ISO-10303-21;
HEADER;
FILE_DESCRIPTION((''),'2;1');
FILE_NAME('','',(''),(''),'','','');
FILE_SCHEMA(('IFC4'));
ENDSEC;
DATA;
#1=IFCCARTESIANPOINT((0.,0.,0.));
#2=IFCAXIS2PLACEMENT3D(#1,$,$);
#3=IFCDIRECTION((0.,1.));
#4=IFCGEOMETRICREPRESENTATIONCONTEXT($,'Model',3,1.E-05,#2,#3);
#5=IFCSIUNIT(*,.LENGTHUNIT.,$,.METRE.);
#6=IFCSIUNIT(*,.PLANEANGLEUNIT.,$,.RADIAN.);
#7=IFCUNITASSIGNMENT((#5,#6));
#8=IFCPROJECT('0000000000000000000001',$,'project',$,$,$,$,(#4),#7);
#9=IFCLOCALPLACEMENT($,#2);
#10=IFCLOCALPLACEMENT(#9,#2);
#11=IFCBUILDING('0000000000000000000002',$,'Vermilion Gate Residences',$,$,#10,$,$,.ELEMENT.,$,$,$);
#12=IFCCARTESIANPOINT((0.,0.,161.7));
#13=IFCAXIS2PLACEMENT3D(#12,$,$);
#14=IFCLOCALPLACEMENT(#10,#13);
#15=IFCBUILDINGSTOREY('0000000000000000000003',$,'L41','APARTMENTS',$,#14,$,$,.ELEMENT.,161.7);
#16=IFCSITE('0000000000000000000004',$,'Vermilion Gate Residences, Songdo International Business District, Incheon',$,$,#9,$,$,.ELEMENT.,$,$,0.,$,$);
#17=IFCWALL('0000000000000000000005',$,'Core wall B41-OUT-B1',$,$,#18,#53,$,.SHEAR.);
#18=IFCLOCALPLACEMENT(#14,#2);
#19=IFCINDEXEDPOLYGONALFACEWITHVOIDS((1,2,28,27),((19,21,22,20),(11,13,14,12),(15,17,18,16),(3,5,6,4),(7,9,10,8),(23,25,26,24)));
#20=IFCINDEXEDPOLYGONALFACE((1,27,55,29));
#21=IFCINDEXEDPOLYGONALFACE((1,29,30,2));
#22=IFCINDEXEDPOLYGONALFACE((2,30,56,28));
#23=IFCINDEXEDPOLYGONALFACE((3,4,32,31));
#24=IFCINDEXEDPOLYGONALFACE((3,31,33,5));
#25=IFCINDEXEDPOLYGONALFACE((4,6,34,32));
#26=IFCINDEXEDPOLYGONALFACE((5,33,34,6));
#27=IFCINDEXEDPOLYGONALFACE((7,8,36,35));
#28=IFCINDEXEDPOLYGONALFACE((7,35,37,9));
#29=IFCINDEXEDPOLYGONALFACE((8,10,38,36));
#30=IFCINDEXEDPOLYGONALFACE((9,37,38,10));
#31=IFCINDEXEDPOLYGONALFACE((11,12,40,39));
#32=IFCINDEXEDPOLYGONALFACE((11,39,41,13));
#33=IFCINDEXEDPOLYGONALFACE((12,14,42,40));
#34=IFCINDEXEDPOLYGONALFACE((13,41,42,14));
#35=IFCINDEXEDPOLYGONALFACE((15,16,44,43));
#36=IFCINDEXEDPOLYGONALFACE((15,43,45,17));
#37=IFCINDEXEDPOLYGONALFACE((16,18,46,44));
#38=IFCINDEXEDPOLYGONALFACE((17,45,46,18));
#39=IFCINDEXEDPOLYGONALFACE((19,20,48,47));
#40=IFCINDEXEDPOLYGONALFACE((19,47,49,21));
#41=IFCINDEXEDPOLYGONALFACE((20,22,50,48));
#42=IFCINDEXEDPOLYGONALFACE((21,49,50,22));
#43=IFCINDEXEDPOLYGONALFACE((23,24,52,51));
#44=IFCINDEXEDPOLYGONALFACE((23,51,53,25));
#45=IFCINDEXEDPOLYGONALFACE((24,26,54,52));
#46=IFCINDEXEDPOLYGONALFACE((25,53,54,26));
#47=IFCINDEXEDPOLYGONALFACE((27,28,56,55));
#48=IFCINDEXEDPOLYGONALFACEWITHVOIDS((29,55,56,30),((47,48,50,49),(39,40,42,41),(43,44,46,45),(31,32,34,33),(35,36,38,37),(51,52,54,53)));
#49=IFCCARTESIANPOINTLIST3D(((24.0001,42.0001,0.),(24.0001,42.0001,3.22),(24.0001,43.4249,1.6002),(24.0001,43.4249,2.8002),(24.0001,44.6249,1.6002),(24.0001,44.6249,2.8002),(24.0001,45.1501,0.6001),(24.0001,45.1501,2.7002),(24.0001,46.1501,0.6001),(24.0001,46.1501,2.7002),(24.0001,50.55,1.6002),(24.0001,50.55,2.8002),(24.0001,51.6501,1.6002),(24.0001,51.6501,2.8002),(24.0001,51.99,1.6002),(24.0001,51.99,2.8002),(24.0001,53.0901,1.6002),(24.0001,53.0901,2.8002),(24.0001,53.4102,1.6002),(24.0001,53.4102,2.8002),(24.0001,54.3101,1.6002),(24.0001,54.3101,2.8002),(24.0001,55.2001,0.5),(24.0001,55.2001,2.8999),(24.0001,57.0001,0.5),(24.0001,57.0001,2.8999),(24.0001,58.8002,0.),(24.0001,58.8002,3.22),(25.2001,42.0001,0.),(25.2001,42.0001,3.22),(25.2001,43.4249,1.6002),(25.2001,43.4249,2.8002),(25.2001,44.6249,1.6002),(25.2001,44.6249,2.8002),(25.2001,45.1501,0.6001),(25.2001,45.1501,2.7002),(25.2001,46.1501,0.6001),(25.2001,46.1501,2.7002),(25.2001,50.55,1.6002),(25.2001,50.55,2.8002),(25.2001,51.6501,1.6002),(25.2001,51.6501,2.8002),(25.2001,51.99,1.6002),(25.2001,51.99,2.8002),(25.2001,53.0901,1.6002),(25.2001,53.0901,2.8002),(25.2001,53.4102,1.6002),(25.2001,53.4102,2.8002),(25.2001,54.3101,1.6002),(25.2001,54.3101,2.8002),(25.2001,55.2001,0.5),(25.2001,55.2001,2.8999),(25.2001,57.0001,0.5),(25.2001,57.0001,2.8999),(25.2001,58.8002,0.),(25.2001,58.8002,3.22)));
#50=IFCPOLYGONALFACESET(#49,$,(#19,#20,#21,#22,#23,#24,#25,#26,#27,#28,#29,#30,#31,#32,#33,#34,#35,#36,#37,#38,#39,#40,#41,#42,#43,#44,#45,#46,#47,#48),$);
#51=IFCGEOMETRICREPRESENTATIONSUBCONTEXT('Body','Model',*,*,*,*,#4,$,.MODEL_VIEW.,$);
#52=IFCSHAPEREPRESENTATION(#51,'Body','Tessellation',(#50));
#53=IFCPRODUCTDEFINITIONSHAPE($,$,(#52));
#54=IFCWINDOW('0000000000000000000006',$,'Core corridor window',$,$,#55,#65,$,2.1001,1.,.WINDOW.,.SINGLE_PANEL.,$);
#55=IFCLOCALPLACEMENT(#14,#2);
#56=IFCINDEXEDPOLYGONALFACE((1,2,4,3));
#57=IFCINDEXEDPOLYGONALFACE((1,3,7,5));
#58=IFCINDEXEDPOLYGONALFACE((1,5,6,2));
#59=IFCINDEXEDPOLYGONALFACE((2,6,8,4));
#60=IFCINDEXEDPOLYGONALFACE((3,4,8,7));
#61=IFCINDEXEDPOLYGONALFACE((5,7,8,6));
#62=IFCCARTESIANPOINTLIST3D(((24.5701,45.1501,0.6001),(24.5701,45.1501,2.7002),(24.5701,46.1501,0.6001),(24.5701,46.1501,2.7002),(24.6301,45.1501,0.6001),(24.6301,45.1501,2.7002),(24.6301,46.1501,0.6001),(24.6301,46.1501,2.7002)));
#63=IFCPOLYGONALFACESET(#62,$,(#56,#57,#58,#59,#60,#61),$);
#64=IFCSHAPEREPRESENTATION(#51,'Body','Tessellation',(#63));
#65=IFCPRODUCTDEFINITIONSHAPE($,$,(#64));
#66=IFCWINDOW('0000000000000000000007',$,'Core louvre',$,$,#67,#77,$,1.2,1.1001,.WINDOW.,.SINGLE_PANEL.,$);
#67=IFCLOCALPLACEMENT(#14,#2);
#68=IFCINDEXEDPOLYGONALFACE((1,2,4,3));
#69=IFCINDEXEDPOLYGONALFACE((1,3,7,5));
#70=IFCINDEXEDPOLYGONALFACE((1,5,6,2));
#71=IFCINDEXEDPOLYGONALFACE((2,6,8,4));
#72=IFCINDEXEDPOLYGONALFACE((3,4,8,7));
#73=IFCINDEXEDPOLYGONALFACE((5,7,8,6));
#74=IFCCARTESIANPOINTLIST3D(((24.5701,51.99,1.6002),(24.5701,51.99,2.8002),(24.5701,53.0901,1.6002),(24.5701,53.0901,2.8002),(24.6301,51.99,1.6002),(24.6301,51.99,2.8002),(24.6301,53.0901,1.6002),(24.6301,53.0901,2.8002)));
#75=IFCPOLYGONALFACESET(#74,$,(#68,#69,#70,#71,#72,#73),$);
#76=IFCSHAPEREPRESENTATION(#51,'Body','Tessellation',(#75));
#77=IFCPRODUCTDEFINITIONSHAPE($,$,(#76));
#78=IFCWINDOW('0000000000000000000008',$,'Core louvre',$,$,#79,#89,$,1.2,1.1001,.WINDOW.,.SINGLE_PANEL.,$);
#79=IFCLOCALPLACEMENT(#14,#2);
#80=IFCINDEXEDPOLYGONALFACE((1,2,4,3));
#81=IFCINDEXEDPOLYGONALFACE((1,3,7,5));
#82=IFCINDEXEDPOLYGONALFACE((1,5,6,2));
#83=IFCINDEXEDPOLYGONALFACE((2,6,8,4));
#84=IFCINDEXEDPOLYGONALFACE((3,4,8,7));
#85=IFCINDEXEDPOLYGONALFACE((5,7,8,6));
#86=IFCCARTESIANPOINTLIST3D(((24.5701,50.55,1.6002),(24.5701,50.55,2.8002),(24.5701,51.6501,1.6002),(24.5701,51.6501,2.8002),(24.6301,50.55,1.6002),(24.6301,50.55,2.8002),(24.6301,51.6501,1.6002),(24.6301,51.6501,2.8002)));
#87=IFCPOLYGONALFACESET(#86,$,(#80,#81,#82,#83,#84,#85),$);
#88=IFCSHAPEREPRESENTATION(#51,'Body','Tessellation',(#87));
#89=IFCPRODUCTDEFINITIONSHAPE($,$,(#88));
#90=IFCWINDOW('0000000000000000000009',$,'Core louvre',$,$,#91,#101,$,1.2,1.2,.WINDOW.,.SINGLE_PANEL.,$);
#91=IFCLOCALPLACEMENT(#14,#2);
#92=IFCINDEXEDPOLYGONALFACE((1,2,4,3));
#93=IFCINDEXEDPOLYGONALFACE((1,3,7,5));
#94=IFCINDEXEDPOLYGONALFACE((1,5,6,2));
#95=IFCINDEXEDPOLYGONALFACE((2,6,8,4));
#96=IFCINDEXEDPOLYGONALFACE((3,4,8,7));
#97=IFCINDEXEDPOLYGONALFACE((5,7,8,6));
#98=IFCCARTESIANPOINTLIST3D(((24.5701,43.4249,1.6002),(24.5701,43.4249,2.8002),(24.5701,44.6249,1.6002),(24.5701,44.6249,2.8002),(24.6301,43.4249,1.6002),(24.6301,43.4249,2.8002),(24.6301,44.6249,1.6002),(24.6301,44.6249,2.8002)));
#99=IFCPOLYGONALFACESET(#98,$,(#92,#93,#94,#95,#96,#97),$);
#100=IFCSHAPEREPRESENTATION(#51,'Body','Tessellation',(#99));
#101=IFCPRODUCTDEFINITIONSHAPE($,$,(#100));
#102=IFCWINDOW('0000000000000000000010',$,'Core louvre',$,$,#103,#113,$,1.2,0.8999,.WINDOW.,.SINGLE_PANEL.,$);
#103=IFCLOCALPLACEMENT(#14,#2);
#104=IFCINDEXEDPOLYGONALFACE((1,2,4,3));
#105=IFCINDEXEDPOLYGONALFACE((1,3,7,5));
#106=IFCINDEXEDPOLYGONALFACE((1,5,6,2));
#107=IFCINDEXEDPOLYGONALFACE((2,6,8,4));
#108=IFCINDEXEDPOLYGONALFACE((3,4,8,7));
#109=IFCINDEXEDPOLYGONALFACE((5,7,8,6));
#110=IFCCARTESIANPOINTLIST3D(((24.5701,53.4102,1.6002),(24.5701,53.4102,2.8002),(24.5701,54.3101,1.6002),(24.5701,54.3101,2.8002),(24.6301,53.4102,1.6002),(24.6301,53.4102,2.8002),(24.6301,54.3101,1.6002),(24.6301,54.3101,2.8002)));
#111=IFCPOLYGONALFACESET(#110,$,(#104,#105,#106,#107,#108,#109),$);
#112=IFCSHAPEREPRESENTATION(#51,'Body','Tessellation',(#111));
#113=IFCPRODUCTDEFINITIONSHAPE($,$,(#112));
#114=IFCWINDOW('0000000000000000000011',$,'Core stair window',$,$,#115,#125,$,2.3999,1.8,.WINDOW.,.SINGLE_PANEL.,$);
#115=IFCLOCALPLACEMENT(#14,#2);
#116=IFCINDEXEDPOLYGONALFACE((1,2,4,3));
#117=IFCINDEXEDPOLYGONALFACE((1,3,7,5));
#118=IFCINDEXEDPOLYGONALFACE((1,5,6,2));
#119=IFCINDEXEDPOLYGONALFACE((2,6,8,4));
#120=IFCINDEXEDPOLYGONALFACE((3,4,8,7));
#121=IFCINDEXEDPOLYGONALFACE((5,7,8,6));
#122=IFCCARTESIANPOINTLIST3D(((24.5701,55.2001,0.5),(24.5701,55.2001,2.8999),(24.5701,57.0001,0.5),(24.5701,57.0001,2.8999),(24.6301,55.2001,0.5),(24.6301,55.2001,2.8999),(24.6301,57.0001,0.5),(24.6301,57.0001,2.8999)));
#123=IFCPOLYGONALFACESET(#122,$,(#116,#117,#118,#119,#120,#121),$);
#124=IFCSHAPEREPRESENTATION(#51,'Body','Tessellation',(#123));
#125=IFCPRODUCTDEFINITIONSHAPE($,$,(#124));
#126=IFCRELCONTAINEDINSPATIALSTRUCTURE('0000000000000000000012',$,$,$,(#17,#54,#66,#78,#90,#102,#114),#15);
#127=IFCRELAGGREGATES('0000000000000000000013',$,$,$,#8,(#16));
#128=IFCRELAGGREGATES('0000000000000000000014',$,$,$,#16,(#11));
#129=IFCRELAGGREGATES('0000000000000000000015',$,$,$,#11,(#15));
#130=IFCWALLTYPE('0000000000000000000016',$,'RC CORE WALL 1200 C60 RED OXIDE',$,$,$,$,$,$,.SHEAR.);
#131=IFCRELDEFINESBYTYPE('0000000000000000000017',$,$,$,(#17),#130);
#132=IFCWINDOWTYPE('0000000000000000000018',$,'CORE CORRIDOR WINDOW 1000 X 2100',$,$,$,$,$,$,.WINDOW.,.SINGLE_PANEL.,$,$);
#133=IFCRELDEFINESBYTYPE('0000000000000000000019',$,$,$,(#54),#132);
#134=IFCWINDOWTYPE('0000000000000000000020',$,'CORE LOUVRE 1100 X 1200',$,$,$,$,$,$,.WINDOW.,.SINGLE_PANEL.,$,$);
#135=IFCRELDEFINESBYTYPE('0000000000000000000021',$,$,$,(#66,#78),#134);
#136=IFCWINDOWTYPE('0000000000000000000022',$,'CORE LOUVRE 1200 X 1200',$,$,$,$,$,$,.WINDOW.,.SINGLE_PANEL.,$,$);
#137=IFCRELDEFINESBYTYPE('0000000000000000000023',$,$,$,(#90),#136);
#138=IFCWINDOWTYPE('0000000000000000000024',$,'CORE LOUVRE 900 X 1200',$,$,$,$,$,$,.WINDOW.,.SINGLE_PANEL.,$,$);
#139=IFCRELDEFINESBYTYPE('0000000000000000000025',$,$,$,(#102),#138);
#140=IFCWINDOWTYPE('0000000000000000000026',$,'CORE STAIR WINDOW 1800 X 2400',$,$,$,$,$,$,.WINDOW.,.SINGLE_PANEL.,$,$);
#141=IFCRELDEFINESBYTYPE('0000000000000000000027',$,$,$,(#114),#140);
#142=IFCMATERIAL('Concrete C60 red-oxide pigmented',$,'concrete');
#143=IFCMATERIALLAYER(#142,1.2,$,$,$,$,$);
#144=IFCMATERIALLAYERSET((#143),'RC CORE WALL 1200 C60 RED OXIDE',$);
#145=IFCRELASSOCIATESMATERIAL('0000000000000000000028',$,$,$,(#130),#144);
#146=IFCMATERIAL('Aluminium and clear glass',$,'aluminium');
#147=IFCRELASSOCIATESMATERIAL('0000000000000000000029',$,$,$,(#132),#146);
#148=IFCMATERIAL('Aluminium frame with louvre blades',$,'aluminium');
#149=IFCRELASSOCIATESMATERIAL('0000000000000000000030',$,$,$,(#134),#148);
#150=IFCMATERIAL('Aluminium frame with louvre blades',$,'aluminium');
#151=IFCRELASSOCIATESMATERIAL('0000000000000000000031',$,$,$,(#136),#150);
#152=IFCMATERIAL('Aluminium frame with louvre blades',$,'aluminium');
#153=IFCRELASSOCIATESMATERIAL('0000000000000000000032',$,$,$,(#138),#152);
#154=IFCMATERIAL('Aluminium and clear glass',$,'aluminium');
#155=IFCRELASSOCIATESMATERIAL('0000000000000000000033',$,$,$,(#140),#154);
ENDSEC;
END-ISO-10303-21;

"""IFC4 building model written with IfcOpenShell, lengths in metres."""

from ifc_helpers import new_model, si_unit, direction, frame, frame_2d, origin, place, context, subcontext, project, spatial, rectangle, extrude, material, layer, layer_set, type_object, element, fill, save


model = new_model("IFC4")

# Units and contexts
model_context = context("Model", 3, precision=1e-05, world=origin(), true_north=direction((0.0, 1.0)))
body_context = subcontext(model_context, "Body", "Model", "MODEL_VIEW")
ifc_project = project(units=[si_unit("LENGTHUNIT", "METRE"), si_unit("PLANEANGLEUNIT", "RADIAN")], contexts=[model_context])

# Site, building, storey
site_placement = place(None, origin())
site = spatial("IfcSite", under=ifc_project, at=site_placement, Name="Vermilion Gate Residences, Songdo International Business District, Incheon", CompositionType="ELEMENT", RefElevation=0.0)
building_placement = place(site_placement, origin())
building = spatial("IfcBuilding", under=site, at=building_placement, Name="Vermilion Gate Residences", CompositionType="ELEMENT")
storey_placement = place(building_placement, frame((0.0, 0.0, 161.7)))
storey = spatial("IfcBuildingStorey", under=building, at=storey_placement, Name="L41", Description="APARTMENTS", CompositionType="ELEMENT", Elevation=161.7)

# Wall, openings, windows
ifc_material_1 = material(Name="Concrete C60 red-oxide pigmented", Category="concrete")
ifc_layer_1 = layer(ifc_material_1, 1.2)
ifc_layer_set_1 = layer_set([ifc_layer_1], Name="RC CORE WALL 1200 C60 RED OXIDE")
wall_type_1 = type_object("IfcWallType", Name="RC CORE WALL 1200 C60 RED OXIDE", PredefinedType="SHEAR", material=ifc_layer_set_1)
wall_1_placement = place(storey_placement, frame((24.6001, 58.8, 0.0), z_axis=(0.0, 0.0, 1.0), x_axis=(0.0, -1.0, 0.0)))
wall_1 = element("IfcWall", 1, at=wall_1_placement, inside=storey, type_object=wall_type_1, Name="Core wall B41-OUT-B1", PredefinedType="SHEAR", context=body_context, shape_type="SweptSolid", body=[
    extrude(rectangle(XDim=16.8, YDim=1.2, at=frame_2d((8.3999, 0.0))), origin(), (0.0, 0.0, 1.0), 3.22),
])
opening_1_placement = place(wall_1_placement, frame((1.8, 0.0, 0.5)))
opening_1 = element("IfcOpeningElement", 2, at=opening_1_placement, cuts=wall_1, PredefinedType="OPENING", context=body_context, shape_type="SweptSolid", body=[
    extrude(rectangle(XDim=1.8, YDim=2.3999, at=frame_2d((0.8999, 1.2))), frame((0.0, 0.6099, 0.0), z_axis=(0.0, -1.0, 0.0), x_axis=(1.0, 0.0, 0.0)), (0.0, 0.0, 1.0), 1.22),
])
opening_2_placement = place(wall_1_placement, frame((4.49, 0.0, 1.6001)))
opening_2 = element("IfcOpeningElement", 3, at=opening_2_placement, cuts=wall_1, PredefinedType="OPENING", context=body_context, shape_type="SweptSolid", body=[
    extrude(rectangle(XDim=0.8999, YDim=1.2, at=frame_2d((0.45, 0.6001))), frame((0.0, 0.6099, 0.0), z_axis=(0.0, -1.0, 0.0), x_axis=(1.0, 0.0, 0.0)), (0.0, 0.0, 1.0), 1.22),
])
opening_3_placement = place(wall_1_placement, frame((5.71, 0.0, 1.6001)))
opening_3 = element("IfcOpeningElement", 4, at=opening_3_placement, cuts=wall_1, PredefinedType="OPENING", context=body_context, shape_type="SweptSolid", body=[
    extrude(rectangle(XDim=1.1001, YDim=1.2, at=frame_2d((0.55, 0.6001))), frame((0.0, 0.6099, 0.0), z_axis=(0.0, -1.0, 0.0), x_axis=(1.0, 0.0, 0.0)), (0.0, 0.0, 1.0), 1.22),
])
opening_4_placement = place(wall_1_placement, frame((7.1499, 0.0, 1.6001)))
opening_4 = element("IfcOpeningElement", 5, at=opening_4_placement, cuts=wall_1, PredefinedType="OPENING", context=body_context, shape_type="SweptSolid", body=[
    extrude(rectangle(XDim=1.1001, YDim=1.2, at=frame_2d((0.55, 0.6001))), frame((0.0, 0.6099, 0.0), z_axis=(0.0, -1.0, 0.0), x_axis=(1.0, 0.0, 0.0)), (0.0, 0.0, 1.0), 1.22),
])
opening_5_placement = place(wall_1_placement, frame((12.6499, 0.0, 0.6001)))
opening_5 = element("IfcOpeningElement", 6, at=opening_5_placement, cuts=wall_1, PredefinedType="OPENING", context=body_context, shape_type="SweptSolid", body=[
    extrude(rectangle(XDim=1.0, YDim=2.1001, at=frame_2d((0.5, 1.05))), frame((0.0, 0.6099, 0.0), z_axis=(0.0, -1.0, 0.0), x_axis=(1.0, 0.0, 0.0)), (0.0, 0.0, 1.0), 1.22),
])
opening_6_placement = place(wall_1_placement, frame((14.175, 0.0, 1.6001)))
opening_6 = element("IfcOpeningElement", 7, at=opening_6_placement, cuts=wall_1, PredefinedType="OPENING", context=body_context, shape_type="SweptSolid", body=[
    extrude(rectangle(XDim=1.2, YDim=1.2, at=frame_2d((0.6001, 0.6001))), frame((0.0, 0.6099, 0.0), z_axis=(0.0, -1.0, 0.0), x_axis=(1.0, 0.0, 0.0)), (0.0, 0.0, 1.0), 1.22),
])
ifc_material_2 = material(Name="Aluminium and clear glass", Category="aluminium")
window_type_1 = type_object("IfcWindowType", Name="CORE CORRIDOR WINDOW 1000 X 2100", PartitioningType="SINGLE_PANEL", PredefinedType="WINDOW", material=ifc_material_2)
window_1_placement = place(opening_5_placement, origin())
window_1 = element("IfcWindow", 8, at=window_1_placement, inside=storey, type_object=window_type_1, Name="Core corridor window", OverallHeight=2.1001, OverallWidth=1.0, PartitioningType="SINGLE_PANEL", PredefinedType="WINDOW", context=body_context, shape_type="SweptSolid", body=[
    extrude(rectangle(XDim=1.0, YDim=2.1001, at=frame_2d((0.5, 1.05))), frame((0.0, 0.03, 0.0), z_axis=(0.0, -1.0, 0.0), x_axis=(1.0, 0.0, 0.0)), (0.0, 0.0, 1.0), 0.0601),
])
fill(opening_5, window_1)
ifc_material_3 = material(Name="Aluminium frame with louvre blades", Category="aluminium")
window_type_2 = type_object("IfcWindowType", Name="CORE LOUVRE 1100 X 1200", PartitioningType="SINGLE_PANEL", PredefinedType="WINDOW", material=ifc_material_3)
window_2_placement = place(opening_3_placement, origin())
window_2 = element("IfcWindow", 9, at=window_2_placement, inside=storey, type_object=window_type_2, Name="Core louvre", OverallHeight=1.2, OverallWidth=1.1001, PartitioningType="SINGLE_PANEL", PredefinedType="WINDOW", context=body_context, shape_type="SweptSolid", body=[
    extrude(rectangle(XDim=1.1001, YDim=1.2, at=frame_2d((0.55, 0.6001))), frame((0.0, 0.03, 0.0), z_axis=(0.0, -1.0, 0.0), x_axis=(1.0, 0.0, 0.0)), (0.0, 0.0, 1.0), 0.0601),
])
fill(opening_3, window_2)
window_3_placement = place(opening_4_placement, origin())
window_3 = element("IfcWindow", 10, at=window_3_placement, inside=storey, type_object=window_type_2, Name="Core louvre", OverallHeight=1.2, OverallWidth=1.1001, PartitioningType="SINGLE_PANEL", PredefinedType="WINDOW", context=body_context, shape_type="SweptSolid", body=[
    extrude(rectangle(XDim=1.1001, YDim=1.2, at=frame_2d((0.55, 0.6001))), frame((0.0, 0.03, 0.0), z_axis=(0.0, -1.0, 0.0), x_axis=(1.0, 0.0, 0.0)), (0.0, 0.0, 1.0), 0.0601),
])
fill(opening_4, window_3)
ifc_material_4 = material(Name="Aluminium frame with louvre blades", Category="aluminium")
window_type_3 = type_object("IfcWindowType", Name="CORE LOUVRE 1200 X 1200", PartitioningType="SINGLE_PANEL", PredefinedType="WINDOW", material=ifc_material_4)
window_4_placement = place(opening_6_placement, origin())
window_4 = element("IfcWindow", 11, at=window_4_placement, inside=storey, type_object=window_type_3, Name="Core louvre", OverallHeight=1.2, OverallWidth=1.2, PartitioningType="SINGLE_PANEL", PredefinedType="WINDOW", context=body_context, shape_type="SweptSolid", body=[
    extrude(rectangle(XDim=1.2, YDim=1.2, at=frame_2d((0.6001, 0.6001))), frame((0.0, 0.03, 0.0), z_axis=(0.0, -1.0, 0.0), x_axis=(1.0, 0.0, 0.0)), (0.0, 0.0, 1.0), 0.0601),
])
fill(opening_6, window_4)
ifc_material_5 = material(Name="Aluminium frame with louvre blades", Category="aluminium")
window_type_4 = type_object("IfcWindowType", Name="CORE LOUVRE 900 X 1200", PartitioningType="SINGLE_PANEL", PredefinedType="WINDOW", material=ifc_material_5)
window_5_placement = place(opening_2_placement, origin())
window_5 = element("IfcWindow", 12, at=window_5_placement, inside=storey, type_object=window_type_4, Name="Core louvre", OverallHeight=1.2, OverallWidth=0.8999, PartitioningType="SINGLE_PANEL", PredefinedType="WINDOW", context=body_context, shape_type="SweptSolid", body=[
    extrude(rectangle(XDim=0.8999, YDim=1.2, at=frame_2d((0.45, 0.6001))), frame((0.0, 0.03, 0.0), z_axis=(0.0, -1.0, 0.0), x_axis=(1.0, 0.0, 0.0)), (0.0, 0.0, 1.0), 0.0601),
])
fill(opening_2, window_5)
ifc_material_6 = material(Name="Aluminium and clear glass", Category="aluminium")
window_type_5 = type_object("IfcWindowType", Name="CORE STAIR WINDOW 1800 X 2400", PartitioningType="SINGLE_PANEL", PredefinedType="WINDOW", material=ifc_material_6)
window_6_placement = place(opening_1_placement, origin())
window_6 = element("IfcWindow", 13, at=window_6_placement, inside=storey, type_object=window_type_5, Name="Core stair window", OverallHeight=2.3999, OverallWidth=1.8, PartitioningType="SINGLE_PANEL", PredefinedType="WINDOW", context=body_context, shape_type="SweptSolid", body=[
    extrude(rectangle(XDim=1.8, YDim=2.3999, at=frame_2d((0.8999, 1.2))), frame((0.0, 0.03, 0.0), z_axis=(0.0, -1.0, 0.0), x_axis=(1.0, 0.0, 0.0)), (0.0, 0.0, 1.0), 0.0601),
])
fill(opening_1, window_6)

save(model, "model.ifc")
